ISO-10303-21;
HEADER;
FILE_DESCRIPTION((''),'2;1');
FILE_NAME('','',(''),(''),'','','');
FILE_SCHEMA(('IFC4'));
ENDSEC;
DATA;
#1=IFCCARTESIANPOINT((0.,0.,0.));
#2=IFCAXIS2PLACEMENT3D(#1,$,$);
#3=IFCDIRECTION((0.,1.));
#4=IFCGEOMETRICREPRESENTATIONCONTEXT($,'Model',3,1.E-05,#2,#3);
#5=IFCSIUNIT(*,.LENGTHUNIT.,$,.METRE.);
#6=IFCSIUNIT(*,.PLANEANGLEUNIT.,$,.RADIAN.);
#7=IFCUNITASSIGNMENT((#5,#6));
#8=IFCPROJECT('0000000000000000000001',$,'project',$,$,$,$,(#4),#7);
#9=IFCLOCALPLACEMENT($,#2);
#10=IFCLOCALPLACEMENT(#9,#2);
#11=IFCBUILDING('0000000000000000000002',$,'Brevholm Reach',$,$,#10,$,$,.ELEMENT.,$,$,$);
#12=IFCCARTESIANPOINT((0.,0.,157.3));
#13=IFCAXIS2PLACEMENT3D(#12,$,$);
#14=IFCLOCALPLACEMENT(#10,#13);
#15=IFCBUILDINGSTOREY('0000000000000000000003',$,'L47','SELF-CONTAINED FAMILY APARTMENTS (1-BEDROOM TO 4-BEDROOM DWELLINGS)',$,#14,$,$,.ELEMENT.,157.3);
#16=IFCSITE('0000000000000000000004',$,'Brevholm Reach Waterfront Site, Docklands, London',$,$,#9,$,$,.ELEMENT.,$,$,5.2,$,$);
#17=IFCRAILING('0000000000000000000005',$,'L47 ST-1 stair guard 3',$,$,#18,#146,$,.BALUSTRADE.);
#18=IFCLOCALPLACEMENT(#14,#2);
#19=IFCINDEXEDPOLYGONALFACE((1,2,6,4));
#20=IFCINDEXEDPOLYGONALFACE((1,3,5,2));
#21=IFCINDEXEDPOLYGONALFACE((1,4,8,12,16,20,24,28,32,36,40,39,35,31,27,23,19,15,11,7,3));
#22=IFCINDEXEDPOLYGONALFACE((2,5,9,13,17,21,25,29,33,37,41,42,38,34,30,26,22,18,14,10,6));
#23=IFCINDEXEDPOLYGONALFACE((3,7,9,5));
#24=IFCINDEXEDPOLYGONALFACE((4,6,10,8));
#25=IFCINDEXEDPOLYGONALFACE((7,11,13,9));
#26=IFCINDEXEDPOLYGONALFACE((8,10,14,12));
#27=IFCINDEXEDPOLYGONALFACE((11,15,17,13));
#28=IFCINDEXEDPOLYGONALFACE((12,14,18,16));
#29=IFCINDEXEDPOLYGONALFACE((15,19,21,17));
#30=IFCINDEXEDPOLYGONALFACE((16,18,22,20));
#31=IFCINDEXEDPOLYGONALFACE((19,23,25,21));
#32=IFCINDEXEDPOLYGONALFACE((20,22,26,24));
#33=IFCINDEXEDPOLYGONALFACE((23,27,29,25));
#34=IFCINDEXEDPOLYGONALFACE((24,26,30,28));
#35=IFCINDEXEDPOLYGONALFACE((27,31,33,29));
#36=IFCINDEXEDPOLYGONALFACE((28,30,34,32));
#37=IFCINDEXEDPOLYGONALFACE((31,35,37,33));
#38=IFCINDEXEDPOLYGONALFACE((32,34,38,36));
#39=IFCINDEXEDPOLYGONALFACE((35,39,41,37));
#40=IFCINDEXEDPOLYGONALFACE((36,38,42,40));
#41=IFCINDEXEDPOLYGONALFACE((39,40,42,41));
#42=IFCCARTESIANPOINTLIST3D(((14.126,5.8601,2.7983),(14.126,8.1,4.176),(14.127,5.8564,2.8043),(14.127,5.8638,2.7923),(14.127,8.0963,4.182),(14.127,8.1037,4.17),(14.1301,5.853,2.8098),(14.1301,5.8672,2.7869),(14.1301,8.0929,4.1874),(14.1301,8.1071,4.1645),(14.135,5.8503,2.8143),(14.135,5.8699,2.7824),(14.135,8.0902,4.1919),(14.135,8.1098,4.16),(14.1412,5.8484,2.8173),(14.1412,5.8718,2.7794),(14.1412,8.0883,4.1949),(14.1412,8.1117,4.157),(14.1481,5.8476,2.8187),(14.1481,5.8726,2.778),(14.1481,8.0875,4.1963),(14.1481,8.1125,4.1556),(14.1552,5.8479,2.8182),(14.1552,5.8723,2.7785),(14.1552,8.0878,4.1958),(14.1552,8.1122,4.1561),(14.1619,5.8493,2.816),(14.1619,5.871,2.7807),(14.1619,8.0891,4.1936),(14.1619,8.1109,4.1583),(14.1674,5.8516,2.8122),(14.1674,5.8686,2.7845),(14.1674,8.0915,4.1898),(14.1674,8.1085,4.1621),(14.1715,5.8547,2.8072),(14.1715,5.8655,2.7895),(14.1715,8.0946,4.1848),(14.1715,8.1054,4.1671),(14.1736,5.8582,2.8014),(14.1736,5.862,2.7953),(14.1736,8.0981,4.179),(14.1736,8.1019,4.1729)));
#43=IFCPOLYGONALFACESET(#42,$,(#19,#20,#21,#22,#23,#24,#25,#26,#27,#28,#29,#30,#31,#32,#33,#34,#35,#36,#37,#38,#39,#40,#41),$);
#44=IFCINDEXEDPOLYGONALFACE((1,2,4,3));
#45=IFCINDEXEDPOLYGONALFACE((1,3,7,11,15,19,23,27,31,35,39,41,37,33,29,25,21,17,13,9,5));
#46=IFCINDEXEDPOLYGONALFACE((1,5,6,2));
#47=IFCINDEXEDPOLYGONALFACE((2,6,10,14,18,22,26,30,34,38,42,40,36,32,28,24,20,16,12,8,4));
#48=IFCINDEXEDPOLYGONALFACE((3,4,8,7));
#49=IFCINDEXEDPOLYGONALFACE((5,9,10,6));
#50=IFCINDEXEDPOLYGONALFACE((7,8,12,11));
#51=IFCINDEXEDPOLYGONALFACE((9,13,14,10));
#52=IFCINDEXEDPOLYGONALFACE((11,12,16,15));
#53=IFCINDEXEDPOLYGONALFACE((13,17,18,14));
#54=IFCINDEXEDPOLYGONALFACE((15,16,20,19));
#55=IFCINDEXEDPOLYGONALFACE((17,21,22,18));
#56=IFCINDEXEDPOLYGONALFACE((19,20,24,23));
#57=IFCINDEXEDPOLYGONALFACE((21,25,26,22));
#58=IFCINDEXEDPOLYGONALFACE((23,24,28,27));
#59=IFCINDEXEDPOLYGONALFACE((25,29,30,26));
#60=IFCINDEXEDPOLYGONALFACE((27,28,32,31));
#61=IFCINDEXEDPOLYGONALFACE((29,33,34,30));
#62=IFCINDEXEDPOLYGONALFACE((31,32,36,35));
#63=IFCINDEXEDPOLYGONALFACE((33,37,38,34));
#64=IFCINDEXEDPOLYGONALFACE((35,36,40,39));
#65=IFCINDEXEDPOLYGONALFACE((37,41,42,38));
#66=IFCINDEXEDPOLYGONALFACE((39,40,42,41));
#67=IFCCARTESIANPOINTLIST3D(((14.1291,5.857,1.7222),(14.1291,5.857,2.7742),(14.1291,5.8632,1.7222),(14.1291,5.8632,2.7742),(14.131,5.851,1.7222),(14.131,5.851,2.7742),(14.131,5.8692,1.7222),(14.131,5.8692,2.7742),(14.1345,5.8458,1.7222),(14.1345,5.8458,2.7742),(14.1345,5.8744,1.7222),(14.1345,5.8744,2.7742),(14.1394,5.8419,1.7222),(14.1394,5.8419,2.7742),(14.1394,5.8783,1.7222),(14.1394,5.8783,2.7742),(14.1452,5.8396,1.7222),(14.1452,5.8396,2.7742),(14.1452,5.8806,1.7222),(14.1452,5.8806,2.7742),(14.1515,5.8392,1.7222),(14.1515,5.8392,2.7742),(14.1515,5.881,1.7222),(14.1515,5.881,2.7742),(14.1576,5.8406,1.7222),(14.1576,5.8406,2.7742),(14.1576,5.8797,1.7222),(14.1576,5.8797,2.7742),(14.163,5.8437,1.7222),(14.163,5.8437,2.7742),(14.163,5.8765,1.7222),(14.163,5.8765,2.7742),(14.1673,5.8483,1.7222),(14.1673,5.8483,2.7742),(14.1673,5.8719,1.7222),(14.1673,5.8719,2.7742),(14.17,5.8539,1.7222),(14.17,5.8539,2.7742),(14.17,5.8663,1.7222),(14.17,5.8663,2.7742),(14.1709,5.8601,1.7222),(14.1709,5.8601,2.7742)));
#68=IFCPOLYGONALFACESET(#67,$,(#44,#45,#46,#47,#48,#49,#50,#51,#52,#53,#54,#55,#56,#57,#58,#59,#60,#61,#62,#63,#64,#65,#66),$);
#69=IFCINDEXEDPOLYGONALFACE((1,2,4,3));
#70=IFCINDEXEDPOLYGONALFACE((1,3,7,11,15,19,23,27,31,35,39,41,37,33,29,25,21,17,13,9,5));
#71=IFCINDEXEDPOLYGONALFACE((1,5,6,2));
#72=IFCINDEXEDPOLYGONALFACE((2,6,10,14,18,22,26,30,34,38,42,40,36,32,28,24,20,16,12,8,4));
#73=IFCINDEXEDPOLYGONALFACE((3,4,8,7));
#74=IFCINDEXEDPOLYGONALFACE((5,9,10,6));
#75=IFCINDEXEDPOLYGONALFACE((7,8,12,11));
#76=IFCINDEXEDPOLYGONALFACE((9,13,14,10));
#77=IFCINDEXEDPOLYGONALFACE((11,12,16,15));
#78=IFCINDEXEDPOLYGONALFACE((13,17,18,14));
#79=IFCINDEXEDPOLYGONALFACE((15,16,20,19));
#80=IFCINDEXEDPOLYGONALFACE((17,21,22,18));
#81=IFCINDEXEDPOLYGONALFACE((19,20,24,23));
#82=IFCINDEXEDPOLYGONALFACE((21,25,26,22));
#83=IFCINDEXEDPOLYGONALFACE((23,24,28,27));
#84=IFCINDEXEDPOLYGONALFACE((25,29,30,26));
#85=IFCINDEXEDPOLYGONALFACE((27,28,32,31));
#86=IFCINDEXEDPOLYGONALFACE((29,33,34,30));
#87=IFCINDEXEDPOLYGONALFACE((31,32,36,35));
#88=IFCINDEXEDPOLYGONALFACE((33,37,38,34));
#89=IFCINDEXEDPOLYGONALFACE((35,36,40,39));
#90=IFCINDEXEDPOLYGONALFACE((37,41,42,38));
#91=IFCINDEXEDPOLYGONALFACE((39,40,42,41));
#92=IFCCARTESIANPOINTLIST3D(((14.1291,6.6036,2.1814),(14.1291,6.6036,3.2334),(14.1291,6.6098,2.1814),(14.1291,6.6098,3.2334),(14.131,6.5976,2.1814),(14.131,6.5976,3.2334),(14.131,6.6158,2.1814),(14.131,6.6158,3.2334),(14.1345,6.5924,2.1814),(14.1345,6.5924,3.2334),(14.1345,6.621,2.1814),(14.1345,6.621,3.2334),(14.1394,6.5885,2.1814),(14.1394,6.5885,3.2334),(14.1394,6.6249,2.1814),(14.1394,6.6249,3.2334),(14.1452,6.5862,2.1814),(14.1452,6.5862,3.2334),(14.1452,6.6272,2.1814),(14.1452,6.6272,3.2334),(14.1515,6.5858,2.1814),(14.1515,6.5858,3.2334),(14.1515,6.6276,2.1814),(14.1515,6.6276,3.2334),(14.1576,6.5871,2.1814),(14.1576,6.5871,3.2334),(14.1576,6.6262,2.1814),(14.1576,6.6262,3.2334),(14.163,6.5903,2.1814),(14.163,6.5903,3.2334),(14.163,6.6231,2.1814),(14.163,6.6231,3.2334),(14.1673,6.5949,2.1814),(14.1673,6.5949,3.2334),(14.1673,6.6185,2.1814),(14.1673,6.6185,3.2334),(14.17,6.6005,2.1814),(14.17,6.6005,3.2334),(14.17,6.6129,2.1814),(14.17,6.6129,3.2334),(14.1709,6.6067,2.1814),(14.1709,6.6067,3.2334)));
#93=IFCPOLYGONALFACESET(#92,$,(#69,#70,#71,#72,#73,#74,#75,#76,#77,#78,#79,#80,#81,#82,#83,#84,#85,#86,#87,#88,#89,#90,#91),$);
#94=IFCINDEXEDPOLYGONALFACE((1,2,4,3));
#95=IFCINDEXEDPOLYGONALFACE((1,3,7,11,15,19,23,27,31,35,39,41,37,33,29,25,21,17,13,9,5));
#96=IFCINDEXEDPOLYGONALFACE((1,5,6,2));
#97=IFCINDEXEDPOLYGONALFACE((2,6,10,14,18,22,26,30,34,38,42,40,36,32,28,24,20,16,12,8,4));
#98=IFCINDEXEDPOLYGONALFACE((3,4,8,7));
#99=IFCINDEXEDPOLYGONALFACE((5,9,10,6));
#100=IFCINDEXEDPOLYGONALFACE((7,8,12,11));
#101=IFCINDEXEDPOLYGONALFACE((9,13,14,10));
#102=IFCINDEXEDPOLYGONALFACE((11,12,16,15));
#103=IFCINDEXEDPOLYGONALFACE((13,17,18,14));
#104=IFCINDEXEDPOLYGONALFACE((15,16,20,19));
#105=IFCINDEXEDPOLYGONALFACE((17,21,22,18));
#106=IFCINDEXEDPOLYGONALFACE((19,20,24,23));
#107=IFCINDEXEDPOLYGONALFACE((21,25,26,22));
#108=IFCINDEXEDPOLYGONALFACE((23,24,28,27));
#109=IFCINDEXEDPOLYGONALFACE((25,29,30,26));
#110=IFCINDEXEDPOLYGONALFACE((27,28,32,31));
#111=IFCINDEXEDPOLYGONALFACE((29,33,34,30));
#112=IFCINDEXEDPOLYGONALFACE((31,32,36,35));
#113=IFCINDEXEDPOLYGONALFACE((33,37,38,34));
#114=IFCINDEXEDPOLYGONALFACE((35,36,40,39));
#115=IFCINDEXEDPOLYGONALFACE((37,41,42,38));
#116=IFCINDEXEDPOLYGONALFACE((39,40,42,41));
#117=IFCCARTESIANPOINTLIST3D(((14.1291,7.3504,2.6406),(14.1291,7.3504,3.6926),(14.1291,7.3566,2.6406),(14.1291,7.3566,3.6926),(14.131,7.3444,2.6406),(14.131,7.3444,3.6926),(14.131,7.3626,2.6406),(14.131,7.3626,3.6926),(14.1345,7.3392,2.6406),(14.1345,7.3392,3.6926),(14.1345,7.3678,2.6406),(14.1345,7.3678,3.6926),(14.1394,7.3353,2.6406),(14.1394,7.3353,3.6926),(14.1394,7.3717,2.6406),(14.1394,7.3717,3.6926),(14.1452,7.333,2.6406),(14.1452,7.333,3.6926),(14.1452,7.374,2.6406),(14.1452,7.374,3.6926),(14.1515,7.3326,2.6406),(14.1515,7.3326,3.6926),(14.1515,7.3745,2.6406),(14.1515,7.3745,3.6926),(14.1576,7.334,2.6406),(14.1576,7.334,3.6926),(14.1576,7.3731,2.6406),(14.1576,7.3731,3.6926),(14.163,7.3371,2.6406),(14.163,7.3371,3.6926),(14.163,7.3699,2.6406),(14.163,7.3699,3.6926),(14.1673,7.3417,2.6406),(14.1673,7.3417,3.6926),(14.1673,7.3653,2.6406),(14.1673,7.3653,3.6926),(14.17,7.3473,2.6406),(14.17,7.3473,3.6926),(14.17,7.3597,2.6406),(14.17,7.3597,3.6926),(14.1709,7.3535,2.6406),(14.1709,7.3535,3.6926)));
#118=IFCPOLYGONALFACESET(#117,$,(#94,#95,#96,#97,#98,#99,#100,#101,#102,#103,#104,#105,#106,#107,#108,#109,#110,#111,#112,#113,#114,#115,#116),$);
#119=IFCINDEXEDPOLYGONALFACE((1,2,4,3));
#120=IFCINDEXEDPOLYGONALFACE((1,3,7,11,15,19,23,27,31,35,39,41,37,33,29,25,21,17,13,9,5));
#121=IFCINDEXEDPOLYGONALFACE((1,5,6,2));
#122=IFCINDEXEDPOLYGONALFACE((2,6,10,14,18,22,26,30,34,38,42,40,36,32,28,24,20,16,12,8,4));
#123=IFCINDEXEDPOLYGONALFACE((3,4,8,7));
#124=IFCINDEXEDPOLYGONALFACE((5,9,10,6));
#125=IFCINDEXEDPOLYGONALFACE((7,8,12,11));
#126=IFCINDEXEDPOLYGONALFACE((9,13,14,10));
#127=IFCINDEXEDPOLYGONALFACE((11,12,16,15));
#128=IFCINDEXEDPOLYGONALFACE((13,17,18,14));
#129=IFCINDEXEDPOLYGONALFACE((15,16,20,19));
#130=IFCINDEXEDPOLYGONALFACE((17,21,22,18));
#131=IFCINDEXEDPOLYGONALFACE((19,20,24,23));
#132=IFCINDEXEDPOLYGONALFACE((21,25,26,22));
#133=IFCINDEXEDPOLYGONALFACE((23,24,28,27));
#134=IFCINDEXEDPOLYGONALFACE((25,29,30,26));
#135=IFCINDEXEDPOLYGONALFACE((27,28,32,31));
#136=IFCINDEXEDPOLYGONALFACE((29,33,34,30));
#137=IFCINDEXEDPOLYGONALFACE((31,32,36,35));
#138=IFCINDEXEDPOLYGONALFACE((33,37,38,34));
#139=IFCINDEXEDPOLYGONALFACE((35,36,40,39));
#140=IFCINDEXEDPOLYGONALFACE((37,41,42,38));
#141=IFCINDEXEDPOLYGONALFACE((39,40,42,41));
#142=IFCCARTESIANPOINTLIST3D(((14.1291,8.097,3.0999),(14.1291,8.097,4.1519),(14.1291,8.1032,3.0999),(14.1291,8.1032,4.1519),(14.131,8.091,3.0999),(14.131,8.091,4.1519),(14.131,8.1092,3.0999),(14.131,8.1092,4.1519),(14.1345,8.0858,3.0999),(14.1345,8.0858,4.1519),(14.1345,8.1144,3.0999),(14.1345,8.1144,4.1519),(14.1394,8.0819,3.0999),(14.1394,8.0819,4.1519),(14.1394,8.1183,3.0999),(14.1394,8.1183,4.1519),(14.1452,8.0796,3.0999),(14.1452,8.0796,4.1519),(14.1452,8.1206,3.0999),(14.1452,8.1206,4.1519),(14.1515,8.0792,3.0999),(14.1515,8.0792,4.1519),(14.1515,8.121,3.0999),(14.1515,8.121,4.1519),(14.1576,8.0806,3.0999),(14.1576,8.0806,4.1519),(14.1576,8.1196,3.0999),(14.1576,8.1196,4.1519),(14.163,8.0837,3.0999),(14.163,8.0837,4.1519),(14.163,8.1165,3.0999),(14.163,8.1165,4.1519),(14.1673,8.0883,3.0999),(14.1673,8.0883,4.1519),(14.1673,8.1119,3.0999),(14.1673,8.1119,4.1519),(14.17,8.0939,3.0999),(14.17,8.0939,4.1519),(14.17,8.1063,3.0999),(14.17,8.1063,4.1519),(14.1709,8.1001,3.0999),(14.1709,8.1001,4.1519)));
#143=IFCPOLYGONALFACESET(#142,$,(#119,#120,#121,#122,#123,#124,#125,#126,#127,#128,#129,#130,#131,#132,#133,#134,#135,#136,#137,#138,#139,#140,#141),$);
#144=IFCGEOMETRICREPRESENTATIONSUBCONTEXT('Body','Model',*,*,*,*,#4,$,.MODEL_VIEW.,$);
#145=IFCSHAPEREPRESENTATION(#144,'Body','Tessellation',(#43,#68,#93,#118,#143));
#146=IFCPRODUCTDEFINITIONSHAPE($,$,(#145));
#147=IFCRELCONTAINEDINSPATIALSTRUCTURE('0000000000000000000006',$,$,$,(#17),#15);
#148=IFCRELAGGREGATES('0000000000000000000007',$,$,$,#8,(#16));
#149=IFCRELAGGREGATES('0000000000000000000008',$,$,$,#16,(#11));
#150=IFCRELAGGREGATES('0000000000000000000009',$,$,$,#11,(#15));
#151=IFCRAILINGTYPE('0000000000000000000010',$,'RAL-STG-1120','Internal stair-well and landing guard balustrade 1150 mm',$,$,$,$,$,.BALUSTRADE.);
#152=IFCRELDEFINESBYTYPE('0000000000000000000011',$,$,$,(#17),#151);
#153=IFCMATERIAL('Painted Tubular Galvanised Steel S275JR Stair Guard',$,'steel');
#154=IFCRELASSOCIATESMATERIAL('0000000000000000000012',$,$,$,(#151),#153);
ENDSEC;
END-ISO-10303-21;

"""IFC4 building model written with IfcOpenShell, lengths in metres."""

from ifc_helpers import new_model, si_unit, direction, frame, origin, origin_2d, place, context, subcontext, project, spatial, circle, extrude, material, type_object, element, save


model = new_model("IFC4")

# Units and contexts
model_context = context("Model", 3, precision=1e-05, world=origin(), true_north=direction((0.0, 1.0)))
body_context = subcontext(model_context, "Body", "Model", "MODEL_VIEW")
ifc_project = project(units=[si_unit("LENGTHUNIT", "METRE"), si_unit("PLANEANGLEUNIT", "RADIAN")], contexts=[model_context])

# Site, building, storey
site_placement = place(None, origin())
site = spatial("IfcSite", under=ifc_project, at=site_placement, Name="Brevholm Reach Waterfront Site, Docklands, London", CompositionType="ELEMENT", RefElevation=5.2)
building_placement = place(site_placement, origin())
building = spatial("IfcBuilding", under=site, at=building_placement, Name="Brevholm Reach", CompositionType="ELEMENT")
storey_placement = place(building_placement, frame((0.0, 0.0, 157.3)))
storey = spatial("IfcBuildingStorey", under=building, at=storey_placement, Name="L47", Description="SELF-CONTAINED FAMILY APARTMENTS (1-BEDROOM TO 4-BEDROOM DWELLINGS)", CompositionType="ELEMENT", Elevation=157.3)

# Railing
ifc_material_1 = material(Name="Painted Tubular Galvanised Steel S275JR Stair Guard", Category="steel")
railing_type_1 = type_object("IfcRailingType", Name="RAL-STG-1120", Description="Internal stair-well and landing guard balustrade 1150 mm", PredefinedType="BALUSTRADE", material=ifc_material_1)
railing_1_placement = place(storey_placement, frame((14.1499, 5.8601, 1.7222)))
element("IfcRailing", 1, at=railing_1_placement, inside=storey, type_object=railing_type_1, Name="L47 ST-1 stair guard 3", PredefinedType="BALUSTRADE", context=body_context, shape_type="SweptSolid", body=[
    extrude(circle(Radius=0.0239, at=origin_2d()), frame((0.0, 0.0, 1.0762), z_axis=(0.0, 0.851789, 0.523885), x_axis=(-1.0, 0.0, 0.0)), (0.0, 0.0, 1.0), 2.6296),
    extrude(circle(Radius=0.021, at=origin_2d()), origin(), (0.0, 0.0, 1.0), 1.052),
    extrude(circle(Radius=0.021, at=origin_2d()), frame((0.0, 0.7466, 0.4592)), (0.0, 0.0, 1.0), 1.052),
    extrude(circle(Radius=0.021, at=origin_2d()), frame((0.0, 1.4934, 0.9185)), (0.0, 0.0, 1.0), 1.052),
    extrude(circle(Radius=0.021, at=origin_2d()), frame((0.0, 2.24, 1.3777)), (0.0, 0.0, 1.0), 1.052),
])

save(model, "model.ifc")
